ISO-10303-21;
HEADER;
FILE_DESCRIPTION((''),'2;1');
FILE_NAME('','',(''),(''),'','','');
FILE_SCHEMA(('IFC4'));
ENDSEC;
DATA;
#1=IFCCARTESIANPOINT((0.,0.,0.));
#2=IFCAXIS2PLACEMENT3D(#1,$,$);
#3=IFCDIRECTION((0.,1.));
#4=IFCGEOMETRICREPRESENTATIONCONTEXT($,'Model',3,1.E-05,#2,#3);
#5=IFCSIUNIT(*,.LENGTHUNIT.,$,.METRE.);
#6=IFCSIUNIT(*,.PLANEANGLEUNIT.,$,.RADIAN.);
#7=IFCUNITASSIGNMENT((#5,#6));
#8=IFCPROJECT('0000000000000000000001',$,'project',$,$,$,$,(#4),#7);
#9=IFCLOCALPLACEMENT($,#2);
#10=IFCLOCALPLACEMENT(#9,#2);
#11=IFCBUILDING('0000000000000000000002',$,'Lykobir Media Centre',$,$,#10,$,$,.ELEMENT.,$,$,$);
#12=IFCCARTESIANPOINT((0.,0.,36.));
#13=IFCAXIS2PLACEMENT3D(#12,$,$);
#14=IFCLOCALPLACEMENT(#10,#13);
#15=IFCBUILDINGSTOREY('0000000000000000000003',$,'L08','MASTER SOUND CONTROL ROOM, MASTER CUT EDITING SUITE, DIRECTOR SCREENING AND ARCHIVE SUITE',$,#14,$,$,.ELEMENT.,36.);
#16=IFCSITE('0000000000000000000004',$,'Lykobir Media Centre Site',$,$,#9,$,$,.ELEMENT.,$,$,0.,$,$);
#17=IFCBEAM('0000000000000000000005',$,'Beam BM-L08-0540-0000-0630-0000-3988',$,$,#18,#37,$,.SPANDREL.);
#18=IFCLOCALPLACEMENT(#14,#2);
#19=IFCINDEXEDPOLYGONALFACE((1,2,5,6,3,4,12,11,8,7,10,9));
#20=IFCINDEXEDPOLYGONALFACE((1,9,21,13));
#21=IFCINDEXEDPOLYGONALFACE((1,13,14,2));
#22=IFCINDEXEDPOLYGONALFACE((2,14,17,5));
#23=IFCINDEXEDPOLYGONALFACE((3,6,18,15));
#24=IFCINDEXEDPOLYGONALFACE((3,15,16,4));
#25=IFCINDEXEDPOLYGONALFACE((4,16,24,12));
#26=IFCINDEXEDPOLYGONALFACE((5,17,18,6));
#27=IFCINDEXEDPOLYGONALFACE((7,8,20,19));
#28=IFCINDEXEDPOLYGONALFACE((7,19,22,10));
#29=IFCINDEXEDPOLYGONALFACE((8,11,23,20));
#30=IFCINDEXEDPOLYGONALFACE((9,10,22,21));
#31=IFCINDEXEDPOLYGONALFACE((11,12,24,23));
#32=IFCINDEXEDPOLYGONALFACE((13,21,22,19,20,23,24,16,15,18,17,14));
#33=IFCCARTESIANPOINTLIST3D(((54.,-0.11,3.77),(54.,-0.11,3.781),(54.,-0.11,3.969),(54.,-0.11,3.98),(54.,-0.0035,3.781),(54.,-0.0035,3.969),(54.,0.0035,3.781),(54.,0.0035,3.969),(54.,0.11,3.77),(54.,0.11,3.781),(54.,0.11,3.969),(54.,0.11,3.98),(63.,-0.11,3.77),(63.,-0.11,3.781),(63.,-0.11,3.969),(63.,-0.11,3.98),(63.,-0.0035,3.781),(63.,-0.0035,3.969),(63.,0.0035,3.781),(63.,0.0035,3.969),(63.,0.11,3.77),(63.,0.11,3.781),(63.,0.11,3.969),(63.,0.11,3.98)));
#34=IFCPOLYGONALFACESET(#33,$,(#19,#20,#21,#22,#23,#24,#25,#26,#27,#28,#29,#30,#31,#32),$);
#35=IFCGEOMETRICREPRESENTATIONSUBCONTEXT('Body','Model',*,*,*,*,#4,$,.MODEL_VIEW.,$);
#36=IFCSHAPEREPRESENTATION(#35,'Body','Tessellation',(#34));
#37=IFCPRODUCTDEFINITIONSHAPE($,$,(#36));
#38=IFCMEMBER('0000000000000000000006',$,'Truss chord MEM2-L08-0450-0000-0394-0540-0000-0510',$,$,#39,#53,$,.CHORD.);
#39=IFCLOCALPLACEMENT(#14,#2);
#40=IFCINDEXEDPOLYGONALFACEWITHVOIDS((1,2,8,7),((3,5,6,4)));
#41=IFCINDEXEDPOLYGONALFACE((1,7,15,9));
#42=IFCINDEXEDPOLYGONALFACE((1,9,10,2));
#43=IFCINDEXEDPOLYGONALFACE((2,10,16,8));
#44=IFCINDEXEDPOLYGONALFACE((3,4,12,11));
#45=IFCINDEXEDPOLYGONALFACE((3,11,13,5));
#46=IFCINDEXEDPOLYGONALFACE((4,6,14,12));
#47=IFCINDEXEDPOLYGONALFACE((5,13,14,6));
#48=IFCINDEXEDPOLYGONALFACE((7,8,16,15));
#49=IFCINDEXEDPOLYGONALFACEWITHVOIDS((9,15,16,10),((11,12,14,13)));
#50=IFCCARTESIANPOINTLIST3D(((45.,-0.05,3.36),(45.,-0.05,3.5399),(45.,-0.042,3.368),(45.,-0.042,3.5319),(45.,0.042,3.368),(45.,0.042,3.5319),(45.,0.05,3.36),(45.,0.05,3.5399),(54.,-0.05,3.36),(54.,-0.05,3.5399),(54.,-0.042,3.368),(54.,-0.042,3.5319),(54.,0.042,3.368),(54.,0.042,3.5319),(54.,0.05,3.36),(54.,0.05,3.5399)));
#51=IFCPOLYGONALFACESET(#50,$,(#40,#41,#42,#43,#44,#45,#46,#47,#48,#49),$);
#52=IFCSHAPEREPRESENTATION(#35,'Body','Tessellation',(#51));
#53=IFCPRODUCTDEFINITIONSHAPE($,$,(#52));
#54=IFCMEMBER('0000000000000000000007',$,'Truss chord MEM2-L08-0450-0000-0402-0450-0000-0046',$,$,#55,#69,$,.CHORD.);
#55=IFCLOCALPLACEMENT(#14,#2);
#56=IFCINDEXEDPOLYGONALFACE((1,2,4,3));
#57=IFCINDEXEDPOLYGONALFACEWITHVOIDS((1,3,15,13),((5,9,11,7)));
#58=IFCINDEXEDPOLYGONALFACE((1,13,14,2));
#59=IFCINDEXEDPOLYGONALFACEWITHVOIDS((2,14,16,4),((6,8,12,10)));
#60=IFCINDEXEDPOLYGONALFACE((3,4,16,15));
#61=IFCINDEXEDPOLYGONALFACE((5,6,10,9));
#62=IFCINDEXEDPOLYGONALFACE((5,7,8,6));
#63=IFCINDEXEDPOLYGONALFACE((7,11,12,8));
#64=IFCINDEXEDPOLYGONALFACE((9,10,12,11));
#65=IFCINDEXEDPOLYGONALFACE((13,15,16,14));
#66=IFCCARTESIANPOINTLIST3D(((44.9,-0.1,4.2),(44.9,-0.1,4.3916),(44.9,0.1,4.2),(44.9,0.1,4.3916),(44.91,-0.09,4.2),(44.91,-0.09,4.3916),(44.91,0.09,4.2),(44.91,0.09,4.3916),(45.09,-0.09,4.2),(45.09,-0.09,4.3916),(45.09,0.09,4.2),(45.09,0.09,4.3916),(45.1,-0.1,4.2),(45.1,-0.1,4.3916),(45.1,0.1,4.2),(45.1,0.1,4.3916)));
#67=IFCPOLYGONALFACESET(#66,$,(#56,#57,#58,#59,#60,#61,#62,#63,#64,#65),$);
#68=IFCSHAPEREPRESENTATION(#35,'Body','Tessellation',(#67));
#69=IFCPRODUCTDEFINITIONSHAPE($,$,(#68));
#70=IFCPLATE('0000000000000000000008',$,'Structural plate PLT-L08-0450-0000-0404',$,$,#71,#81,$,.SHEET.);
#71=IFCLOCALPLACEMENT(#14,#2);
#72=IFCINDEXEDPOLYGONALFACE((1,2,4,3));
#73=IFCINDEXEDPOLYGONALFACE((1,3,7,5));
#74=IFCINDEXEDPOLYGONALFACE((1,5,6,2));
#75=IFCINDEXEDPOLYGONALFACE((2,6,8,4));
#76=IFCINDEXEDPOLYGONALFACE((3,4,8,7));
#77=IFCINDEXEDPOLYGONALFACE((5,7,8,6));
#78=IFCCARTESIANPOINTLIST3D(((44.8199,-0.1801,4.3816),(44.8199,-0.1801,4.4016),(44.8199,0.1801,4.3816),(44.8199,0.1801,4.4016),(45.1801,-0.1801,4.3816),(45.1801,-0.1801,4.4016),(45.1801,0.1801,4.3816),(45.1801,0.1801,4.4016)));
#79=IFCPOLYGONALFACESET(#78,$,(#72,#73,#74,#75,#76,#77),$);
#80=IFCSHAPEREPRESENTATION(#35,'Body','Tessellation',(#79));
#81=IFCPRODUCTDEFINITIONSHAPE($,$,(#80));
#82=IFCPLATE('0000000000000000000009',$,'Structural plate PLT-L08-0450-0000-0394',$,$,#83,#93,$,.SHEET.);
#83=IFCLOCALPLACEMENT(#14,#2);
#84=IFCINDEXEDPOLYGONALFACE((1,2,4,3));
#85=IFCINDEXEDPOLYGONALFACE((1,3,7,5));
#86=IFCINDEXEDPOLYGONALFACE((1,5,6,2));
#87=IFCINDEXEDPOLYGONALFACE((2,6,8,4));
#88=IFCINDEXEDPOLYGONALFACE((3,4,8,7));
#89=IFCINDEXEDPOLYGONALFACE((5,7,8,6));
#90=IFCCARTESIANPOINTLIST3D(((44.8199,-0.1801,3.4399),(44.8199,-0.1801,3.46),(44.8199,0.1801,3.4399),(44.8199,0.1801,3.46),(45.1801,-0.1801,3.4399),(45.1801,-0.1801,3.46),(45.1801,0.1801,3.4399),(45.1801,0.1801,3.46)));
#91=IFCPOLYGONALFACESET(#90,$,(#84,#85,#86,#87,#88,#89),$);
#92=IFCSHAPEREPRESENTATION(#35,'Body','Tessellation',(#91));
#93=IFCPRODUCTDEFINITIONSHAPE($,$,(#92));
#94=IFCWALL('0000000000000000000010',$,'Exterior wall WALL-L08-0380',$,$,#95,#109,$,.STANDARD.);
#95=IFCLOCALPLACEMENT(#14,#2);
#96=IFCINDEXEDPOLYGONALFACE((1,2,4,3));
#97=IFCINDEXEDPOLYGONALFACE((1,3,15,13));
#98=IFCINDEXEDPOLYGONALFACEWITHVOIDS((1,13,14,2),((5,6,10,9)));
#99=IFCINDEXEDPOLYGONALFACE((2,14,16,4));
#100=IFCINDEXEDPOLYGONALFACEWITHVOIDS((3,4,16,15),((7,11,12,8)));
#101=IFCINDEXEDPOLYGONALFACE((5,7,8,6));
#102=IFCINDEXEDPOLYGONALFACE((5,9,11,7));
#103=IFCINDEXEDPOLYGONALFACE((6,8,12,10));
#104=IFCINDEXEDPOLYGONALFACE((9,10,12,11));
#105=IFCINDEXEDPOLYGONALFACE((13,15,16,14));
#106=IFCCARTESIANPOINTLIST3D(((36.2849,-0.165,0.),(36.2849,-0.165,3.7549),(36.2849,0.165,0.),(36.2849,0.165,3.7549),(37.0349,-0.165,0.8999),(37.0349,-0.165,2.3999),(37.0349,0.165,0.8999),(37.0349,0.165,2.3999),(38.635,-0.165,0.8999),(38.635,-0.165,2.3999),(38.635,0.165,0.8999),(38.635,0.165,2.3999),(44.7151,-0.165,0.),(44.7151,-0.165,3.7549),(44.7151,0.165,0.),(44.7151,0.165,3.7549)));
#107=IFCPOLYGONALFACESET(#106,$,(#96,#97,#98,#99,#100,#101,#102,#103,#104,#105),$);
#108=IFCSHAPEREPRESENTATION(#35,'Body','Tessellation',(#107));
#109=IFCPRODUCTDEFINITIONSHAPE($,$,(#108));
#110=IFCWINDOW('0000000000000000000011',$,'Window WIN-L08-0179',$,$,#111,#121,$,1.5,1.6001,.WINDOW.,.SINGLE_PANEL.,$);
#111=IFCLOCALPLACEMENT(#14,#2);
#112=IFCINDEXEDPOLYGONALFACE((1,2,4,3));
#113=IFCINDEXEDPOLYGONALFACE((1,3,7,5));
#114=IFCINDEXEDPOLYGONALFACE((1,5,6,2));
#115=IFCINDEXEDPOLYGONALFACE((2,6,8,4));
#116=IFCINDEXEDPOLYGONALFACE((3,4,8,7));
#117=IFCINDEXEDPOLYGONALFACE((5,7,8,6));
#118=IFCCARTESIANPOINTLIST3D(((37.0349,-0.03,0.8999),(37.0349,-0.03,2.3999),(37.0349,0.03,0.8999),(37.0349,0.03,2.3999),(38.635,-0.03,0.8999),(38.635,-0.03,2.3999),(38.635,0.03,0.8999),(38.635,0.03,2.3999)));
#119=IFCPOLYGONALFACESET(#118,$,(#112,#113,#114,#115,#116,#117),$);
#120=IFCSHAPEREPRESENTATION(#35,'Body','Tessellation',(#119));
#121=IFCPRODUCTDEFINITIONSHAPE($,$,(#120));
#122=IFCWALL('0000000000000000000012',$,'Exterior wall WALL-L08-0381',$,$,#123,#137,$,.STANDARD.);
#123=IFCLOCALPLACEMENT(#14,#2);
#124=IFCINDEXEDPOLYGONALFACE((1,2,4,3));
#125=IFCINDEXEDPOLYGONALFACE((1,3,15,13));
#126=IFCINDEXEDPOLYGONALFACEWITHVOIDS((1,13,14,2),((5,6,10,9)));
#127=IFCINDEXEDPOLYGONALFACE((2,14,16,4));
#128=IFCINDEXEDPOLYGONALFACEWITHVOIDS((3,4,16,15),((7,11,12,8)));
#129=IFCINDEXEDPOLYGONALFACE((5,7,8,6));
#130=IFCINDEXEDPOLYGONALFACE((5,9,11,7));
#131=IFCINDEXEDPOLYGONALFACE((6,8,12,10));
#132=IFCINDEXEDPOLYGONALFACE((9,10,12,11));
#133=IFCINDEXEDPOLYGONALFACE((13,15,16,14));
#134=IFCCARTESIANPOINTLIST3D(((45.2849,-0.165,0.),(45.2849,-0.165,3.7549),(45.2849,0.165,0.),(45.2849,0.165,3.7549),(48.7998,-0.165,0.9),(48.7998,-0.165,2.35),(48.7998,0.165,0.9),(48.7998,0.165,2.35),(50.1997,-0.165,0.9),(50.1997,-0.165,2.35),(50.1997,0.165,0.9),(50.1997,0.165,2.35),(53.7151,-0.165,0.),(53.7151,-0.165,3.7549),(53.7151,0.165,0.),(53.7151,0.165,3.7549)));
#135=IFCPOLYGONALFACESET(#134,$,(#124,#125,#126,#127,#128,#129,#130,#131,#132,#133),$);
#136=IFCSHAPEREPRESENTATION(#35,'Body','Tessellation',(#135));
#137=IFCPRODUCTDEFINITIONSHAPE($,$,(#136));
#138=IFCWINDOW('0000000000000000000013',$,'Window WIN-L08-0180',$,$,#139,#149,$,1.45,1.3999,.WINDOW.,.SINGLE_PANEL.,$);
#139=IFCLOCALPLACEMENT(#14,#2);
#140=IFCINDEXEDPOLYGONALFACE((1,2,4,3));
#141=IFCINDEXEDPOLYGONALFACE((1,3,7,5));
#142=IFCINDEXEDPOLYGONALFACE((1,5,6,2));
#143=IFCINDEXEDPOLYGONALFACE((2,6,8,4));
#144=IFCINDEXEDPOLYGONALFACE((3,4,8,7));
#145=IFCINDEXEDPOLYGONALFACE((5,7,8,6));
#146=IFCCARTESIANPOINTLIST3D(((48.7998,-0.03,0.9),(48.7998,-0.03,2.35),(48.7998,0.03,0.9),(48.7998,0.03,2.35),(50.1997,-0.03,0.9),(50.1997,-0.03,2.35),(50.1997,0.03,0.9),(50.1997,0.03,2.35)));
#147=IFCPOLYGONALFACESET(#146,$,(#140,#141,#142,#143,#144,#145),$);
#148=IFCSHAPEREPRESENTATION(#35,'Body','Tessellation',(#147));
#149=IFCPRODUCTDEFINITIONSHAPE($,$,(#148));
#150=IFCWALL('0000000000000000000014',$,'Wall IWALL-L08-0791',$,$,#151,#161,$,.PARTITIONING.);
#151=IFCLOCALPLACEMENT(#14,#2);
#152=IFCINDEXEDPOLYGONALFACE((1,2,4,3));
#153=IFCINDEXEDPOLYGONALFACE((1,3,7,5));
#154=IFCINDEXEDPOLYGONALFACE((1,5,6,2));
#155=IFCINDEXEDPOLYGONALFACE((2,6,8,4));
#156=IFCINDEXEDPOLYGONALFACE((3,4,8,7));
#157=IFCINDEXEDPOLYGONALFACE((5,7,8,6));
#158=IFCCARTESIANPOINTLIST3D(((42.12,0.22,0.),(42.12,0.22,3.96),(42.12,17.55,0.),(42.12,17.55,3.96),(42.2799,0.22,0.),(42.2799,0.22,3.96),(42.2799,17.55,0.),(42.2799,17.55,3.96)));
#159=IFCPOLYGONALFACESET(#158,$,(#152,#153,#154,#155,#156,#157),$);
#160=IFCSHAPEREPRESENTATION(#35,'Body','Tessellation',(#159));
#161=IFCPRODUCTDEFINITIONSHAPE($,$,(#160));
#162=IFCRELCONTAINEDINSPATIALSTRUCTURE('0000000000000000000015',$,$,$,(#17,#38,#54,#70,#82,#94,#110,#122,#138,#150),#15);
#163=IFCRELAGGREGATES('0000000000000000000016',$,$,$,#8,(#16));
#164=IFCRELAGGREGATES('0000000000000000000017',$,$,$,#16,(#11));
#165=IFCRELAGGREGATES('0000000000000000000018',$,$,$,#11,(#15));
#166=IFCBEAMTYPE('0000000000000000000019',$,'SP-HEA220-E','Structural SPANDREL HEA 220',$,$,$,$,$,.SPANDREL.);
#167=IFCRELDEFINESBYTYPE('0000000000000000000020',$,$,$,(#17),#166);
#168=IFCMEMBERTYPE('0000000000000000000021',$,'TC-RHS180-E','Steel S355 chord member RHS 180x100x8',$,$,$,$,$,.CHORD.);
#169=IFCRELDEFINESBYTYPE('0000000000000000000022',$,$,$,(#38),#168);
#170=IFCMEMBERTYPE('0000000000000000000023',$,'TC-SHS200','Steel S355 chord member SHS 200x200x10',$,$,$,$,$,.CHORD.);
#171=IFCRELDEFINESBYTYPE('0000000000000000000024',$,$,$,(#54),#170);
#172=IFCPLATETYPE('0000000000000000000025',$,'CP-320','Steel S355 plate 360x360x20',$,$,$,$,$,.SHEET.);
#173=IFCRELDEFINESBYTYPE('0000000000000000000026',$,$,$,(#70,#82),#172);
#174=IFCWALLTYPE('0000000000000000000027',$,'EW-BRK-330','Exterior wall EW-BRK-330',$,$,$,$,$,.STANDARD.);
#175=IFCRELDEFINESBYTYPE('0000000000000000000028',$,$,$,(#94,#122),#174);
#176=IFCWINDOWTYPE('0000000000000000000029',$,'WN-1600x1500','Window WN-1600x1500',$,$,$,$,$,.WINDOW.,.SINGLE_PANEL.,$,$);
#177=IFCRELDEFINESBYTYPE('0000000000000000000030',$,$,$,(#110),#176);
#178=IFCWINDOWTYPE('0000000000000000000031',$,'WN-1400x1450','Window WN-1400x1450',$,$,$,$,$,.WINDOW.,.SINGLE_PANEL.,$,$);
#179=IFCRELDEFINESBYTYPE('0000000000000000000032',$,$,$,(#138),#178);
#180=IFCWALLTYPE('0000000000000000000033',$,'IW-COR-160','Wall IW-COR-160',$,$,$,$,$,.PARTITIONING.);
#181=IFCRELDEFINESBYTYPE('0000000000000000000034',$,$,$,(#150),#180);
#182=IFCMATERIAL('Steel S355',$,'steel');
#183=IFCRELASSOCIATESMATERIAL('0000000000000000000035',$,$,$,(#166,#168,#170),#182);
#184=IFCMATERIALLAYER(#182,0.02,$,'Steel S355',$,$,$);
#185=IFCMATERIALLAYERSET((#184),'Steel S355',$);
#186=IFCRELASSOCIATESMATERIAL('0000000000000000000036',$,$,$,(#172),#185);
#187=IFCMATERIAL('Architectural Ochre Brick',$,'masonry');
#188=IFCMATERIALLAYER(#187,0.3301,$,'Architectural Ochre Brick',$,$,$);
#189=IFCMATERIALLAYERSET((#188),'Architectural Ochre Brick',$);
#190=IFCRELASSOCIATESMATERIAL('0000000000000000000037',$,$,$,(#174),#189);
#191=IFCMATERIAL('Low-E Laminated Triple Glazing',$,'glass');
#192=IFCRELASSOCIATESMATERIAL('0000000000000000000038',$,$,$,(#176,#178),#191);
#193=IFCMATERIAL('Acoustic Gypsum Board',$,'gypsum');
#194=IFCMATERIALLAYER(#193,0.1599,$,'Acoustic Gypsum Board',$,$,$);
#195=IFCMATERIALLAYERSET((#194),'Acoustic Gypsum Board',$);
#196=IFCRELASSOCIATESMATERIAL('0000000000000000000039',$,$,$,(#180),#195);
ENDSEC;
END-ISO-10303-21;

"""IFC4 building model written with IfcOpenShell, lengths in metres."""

from ifc_helpers import new_model, si_unit, direction, frame, frame_2d, origin, origin_2d, place, context, subcontext, project, spatial, rectangle, hollow_rectangle, i_section, extrude, material, layer, layer_set, material_profile, profile_set, type_object, element, fill, save


model = new_model("IFC4")

# Units and contexts
model_context = context("Model", 3, precision=1e-05, world=origin(), true_north=direction((0.0, 1.0)))
body_context = subcontext(model_context, "Body", "Model", "MODEL_VIEW")
ifc_project = project(units=[si_unit("LENGTHUNIT", "METRE"), si_unit("PLANEANGLEUNIT", "RADIAN")], contexts=[model_context])

# Site, building, storey
site_placement = place(None, origin())
site = spatial("IfcSite", under=ifc_project, at=site_placement, Name="Lykobir Media Centre Site", CompositionType="ELEMENT", RefElevation=0.0)
building_placement = place(site_placement, origin())
building = spatial("IfcBuilding", under=site, at=building_placement, Name="Lykobir Media Centre", CompositionType="ELEMENT")
storey_placement = place(building_placement, frame((0.0, 0.0, 36.0)))
storey = spatial("IfcBuildingStorey", under=building, at=storey_placement, Name="L08", Description="MASTER SOUND CONTROL ROOM, MASTER CUT EDITING SUITE, DIRECTOR SCREENING AND ARCHIVE SUITE", CompositionType="ELEMENT", Elevation=36.0)

# Shared definitions
ifc_material_1 = material(Name="Steel S355", Category="steel")

# Beam
ifc_material_profile_1 = material_profile(ifc_material_1, i_section(OverallWidth=0.22, OverallDepth=0.21, WebThickness=0.0071, FlangeThickness=0.011, at=origin_2d()), Name="HEA 220")
ifc_profile_set_1 = profile_set([ifc_material_profile_1], Name="Steel S355")
beam_type_1 = type_object("IfcBeamType", Name="SP-HEA220-E", Description="Structural SPANDREL HEA 220", PredefinedType="SPANDREL", material=ifc_profile_set_1)
for number, where, z_axis, x_axis, name in (
    (1, (54.0, 0.0, 3.875), (1.0, 0.0, 0.0), (0.0, 1.0, 0.0), "Beam BM-L08-0540-0000-0630-0000-3988"),
):
    element("IfcBeam", number, at=place(storey_placement, frame(where, z_axis=z_axis, x_axis=x_axis)), inside=storey, type_object=beam_type_1, Name=name, PredefinedType="SPANDREL", context=body_context, shape_type="SweptSolid", body=[
        extrude(i_section(OverallWidth=0.22, OverallDepth=0.21, WebThickness=0.0071, FlangeThickness=0.011, at=origin_2d()), origin(), (0.0, 0.0, 1.0), 9.0),
    ])

# Members
ifc_material_profile_2 = material_profile(ifc_material_1, hollow_rectangle(XDim=0.1001, YDim=0.1799, WallThickness=0.0081, at=origin_2d()), Name="RHS 180x100x8")
ifc_profile_set_2 = profile_set([ifc_material_profile_2], Name="Steel S355")
member_type_1 = type_object("IfcMemberType", Name="TC-RHS180-E", Description="Steel S355 chord member RHS 180x100x8", PredefinedType="CHORD", material=ifc_profile_set_2)
member_1_placement = place(storey_placement, frame((45.0, 0.0, 3.45), z_axis=(1.0, 0.0, 0.0), x_axis=(0.0, 1.0, 0.0)))
element("IfcMember", 2, at=member_1_placement, inside=storey, type_object=member_type_1, Name="Truss chord MEM2-L08-0450-0000-0394-0540-0000-0510", PredefinedType="CHORD", context=body_context, shape_type="SweptSolid", body=[
    extrude(hollow_rectangle(XDim=0.1001, YDim=0.1799, WallThickness=0.0081, at=origin_2d()), origin(), (0.0, 0.0, 1.0), 9.0),
])
ifc_material_profile_3 = material_profile(ifc_material_1, hollow_rectangle(XDim=0.2, YDim=0.2, WallThickness=0.01, at=origin_2d()), Name="SHS 200x200x10")
ifc_profile_set_3 = profile_set([ifc_material_profile_3], Name="Steel S355")
member_type_2 = type_object("IfcMemberType", Name="TC-SHS200", Description="Steel S355 chord member SHS 200x200x10", PredefinedType="CHORD", material=ifc_profile_set_3)
member_2_placement = place(storey_placement, frame((45.0, 0.0, 4.2), z_axis=(0.0, 0.0, 1.0), x_axis=(1.0, 0.0, 0.0)))
element("IfcMember", 3, at=member_2_placement, inside=storey, type_object=member_type_2, Name="Truss chord MEM2-L08-0450-0000-0402-0450-0000-0046", PredefinedType="CHORD", context=body_context, shape_type="SweptSolid", body=[
    extrude(hollow_rectangle(XDim=0.2, YDim=0.2, WallThickness=0.01, at=origin_2d()), origin(), (0.0, 0.0, 1.0), 0.1917),
])

# Plates
ifc_layer_1 = layer(ifc_material_1, 0.02, Name="Steel S355")
ifc_layer_set_1 = layer_set([ifc_layer_1], Name="Steel S355")
plate_type = type_object("IfcPlateType", Name="CP-320", Description="Steel S355 plate 360x360x20", PredefinedType="SHEET", material=ifc_layer_set_1)
for number, where, z_axis, x_axis, name in (
    (4, (45.0, 0.0, 4.3816), (0.0, 0.0, 1.0), (1.0, 0.0, 0.0), "Structural plate PLT-L08-0450-0000-0404"),
    (5, (45.0, 0.0, 3.4399), (0.0, 0.0, 1.0), (1.0, 0.0, 0.0), "Structural plate PLT-L08-0450-0000-0394"),
):
    element("IfcPlate", number, at=place(storey_placement, frame(where, z_axis=z_axis, x_axis=x_axis)), inside=storey, type_object=plate_type, Name=name, PredefinedType="SHEET", context=body_context, shape_type="SweptSolid", body=[
        extrude(rectangle(XDim=0.3601, YDim=0.3601, at=origin_2d()), origin(), (0.0, 0.0, 1.0), 0.02),
    ])

# Walls, openings, windows
ifc_material_2 = material(Name="Architectural Ochre Brick", Category="masonry")
ifc_layer_2 = layer(ifc_material_2, 0.3301, Name="Architectural Ochre Brick")
ifc_layer_set_2 = layer_set([ifc_layer_2], Name="Architectural Ochre Brick")
wall_type_1 = type_object("IfcWallType", Name="EW-BRK-330", Description="Exterior wall EW-BRK-330", PredefinedType="STANDARD", material=ifc_layer_set_2)
wall_1_placement = place(storey_placement, frame((36.2849, 0.0, 0.0), z_axis=(0.0, 0.0, 1.0), x_axis=(1.0, 0.0, 0.0)))
wall_1 = element("IfcWall", 6, at=wall_1_placement, inside=storey, type_object=wall_type_1, Name="Exterior wall WALL-L08-0380", PredefinedType="STANDARD", context=body_context, shape_type="SweptSolid", body=[
    extrude(rectangle(XDim=8.4302, YDim=0.3301, at=frame_2d((4.2151, 0.0))), origin(), (0.0, 0.0, 1.0), 3.7549),
])
opening_1_placement = place(wall_1_placement, frame((0.75, 0.0, 0.8999)))
opening_1 = element("IfcOpeningElement", 7, at=opening_1_placement, cuts=wall_1, PredefinedType="OPENING", context=body_context, shape_type="SweptSolid", body=[
    extrude(rectangle(XDim=1.6001, YDim=1.5, at=frame_2d((0.8, 0.75))), frame((0.0, 0.175, 0.0), z_axis=(0.0, -1.0, 0.0), x_axis=(1.0, 0.0, 0.0)), (0.0, 0.0, 1.0), 0.3501),
])
ifc_material_3 = material(Name="Low-E Laminated Triple Glazing", Category="glass")
window_type_1 = type_object("IfcWindowType", Name="WN-1600x1500", Description="Window WN-1600x1500", PartitioningType="SINGLE_PANEL", PredefinedType="WINDOW", material=ifc_material_3)
window_1_placement = place(opening_1_placement, origin())
window_1 = element("IfcWindow", 8, at=window_1_placement, inside=storey, type_object=window_type_1, Name="Window WIN-L08-0179", OverallHeight=1.5, OverallWidth=1.6001, PartitioningType="SINGLE_PANEL", PredefinedType="WINDOW", context=body_context, shape_type="SweptSolid", body=[
    extrude(rectangle(XDim=1.6001, YDim=1.5, at=frame_2d((0.8, 0.75))), frame((0.0, 0.03, 0.0), z_axis=(0.0, -1.0, 0.0), x_axis=(1.0, 0.0, 0.0)), (0.0, 0.0, 1.0), 0.0601),
])
fill(opening_1, window_1)
wall_2_placement = place(storey_placement, frame((45.2849, 0.0, 0.0), z_axis=(0.0, 0.0, 1.0), x_axis=(1.0, 0.0, 0.0)))
wall_2 = element("IfcWall", 9, at=wall_2_placement, inside=storey, type_object=wall_type_1, Name="Exterior wall WALL-L08-0381", PredefinedType="STANDARD", context=body_context, shape_type="SweptSolid", body=[
    extrude(rectangle(XDim=8.4302, YDim=0.3301, at=frame_2d((4.2151, 0.0))), origin(), (0.0, 0.0, 1.0), 3.7549),
])
opening_2_placement = place(wall_2_placement, frame((3.5149, 0.0, 0.8999)))
opening_2 = element("IfcOpeningElement", 10, at=opening_2_placement, cuts=wall_2, PredefinedType="OPENING", context=body_context, shape_type="SweptSolid", body=[
    extrude(rectangle(XDim=1.3999, YDim=1.45, at=frame_2d((0.7, 0.7251))), frame((0.0, 0.175, 0.0), z_axis=(0.0, -1.0, 0.0), x_axis=(1.0, 0.0, 0.0)), (0.0, 0.0, 1.0), 0.3501),
])
window_type_2 = type_object("IfcWindowType", Name="WN-1400x1450", Description="Window WN-1400x1450", PartitioningType="SINGLE_PANEL", PredefinedType="WINDOW", material=ifc_material_3)
window_2_placement = place(opening_2_placement, origin())
window_2 = element("IfcWindow", 11, at=window_2_placement, inside=storey, type_object=window_type_2, Name="Window WIN-L08-0180", OverallHeight=1.45, OverallWidth=1.3999, PartitioningType="SINGLE_PANEL", PredefinedType="WINDOW", context=body_context, shape_type="SweptSolid", body=[
    extrude(rectangle(XDim=1.3999, YDim=1.45, at=frame_2d((0.7, 0.7251))), frame((0.0, 0.03, 0.0), z_axis=(0.0, -1.0, 0.0), x_axis=(1.0, 0.0, 0.0)), (0.0, 0.0, 1.0), 0.0601),
])
fill(opening_2, window_2)

# Wall
ifc_material_4 = material(Name="Acoustic Gypsum Board", Category="gypsum")
ifc_layer_3 = layer(ifc_material_4, 0.1599, Name="Acoustic Gypsum Board")
ifc_layer_set_3 = layer_set([ifc_layer_3], Name="Acoustic Gypsum Board")
wall_type_2 = type_object("IfcWallType", Name="IW-COR-160", Description="Wall IW-COR-160", PredefinedType="PARTITIONING", material=ifc_layer_set_3)
wall_3_placement = place(storey_placement, frame((42.2, 0.22, 0.0), z_axis=(0.0, 0.0, 1.0), x_axis=(0.0, 1.0, 0.0)))
element("IfcWall", 12, at=wall_3_placement, inside=storey, type_object=wall_type_2, Name="Wall IWALL-L08-0791", PredefinedType="PARTITIONING", context=body_context, shape_type="SweptSolid", body=[
    extrude(rectangle(XDim=17.3301, YDim=0.1599, at=frame_2d((8.665, 0.0))), origin(), (0.0, 0.0, 1.0), 3.96),
])

save(model, "model.ifc")
